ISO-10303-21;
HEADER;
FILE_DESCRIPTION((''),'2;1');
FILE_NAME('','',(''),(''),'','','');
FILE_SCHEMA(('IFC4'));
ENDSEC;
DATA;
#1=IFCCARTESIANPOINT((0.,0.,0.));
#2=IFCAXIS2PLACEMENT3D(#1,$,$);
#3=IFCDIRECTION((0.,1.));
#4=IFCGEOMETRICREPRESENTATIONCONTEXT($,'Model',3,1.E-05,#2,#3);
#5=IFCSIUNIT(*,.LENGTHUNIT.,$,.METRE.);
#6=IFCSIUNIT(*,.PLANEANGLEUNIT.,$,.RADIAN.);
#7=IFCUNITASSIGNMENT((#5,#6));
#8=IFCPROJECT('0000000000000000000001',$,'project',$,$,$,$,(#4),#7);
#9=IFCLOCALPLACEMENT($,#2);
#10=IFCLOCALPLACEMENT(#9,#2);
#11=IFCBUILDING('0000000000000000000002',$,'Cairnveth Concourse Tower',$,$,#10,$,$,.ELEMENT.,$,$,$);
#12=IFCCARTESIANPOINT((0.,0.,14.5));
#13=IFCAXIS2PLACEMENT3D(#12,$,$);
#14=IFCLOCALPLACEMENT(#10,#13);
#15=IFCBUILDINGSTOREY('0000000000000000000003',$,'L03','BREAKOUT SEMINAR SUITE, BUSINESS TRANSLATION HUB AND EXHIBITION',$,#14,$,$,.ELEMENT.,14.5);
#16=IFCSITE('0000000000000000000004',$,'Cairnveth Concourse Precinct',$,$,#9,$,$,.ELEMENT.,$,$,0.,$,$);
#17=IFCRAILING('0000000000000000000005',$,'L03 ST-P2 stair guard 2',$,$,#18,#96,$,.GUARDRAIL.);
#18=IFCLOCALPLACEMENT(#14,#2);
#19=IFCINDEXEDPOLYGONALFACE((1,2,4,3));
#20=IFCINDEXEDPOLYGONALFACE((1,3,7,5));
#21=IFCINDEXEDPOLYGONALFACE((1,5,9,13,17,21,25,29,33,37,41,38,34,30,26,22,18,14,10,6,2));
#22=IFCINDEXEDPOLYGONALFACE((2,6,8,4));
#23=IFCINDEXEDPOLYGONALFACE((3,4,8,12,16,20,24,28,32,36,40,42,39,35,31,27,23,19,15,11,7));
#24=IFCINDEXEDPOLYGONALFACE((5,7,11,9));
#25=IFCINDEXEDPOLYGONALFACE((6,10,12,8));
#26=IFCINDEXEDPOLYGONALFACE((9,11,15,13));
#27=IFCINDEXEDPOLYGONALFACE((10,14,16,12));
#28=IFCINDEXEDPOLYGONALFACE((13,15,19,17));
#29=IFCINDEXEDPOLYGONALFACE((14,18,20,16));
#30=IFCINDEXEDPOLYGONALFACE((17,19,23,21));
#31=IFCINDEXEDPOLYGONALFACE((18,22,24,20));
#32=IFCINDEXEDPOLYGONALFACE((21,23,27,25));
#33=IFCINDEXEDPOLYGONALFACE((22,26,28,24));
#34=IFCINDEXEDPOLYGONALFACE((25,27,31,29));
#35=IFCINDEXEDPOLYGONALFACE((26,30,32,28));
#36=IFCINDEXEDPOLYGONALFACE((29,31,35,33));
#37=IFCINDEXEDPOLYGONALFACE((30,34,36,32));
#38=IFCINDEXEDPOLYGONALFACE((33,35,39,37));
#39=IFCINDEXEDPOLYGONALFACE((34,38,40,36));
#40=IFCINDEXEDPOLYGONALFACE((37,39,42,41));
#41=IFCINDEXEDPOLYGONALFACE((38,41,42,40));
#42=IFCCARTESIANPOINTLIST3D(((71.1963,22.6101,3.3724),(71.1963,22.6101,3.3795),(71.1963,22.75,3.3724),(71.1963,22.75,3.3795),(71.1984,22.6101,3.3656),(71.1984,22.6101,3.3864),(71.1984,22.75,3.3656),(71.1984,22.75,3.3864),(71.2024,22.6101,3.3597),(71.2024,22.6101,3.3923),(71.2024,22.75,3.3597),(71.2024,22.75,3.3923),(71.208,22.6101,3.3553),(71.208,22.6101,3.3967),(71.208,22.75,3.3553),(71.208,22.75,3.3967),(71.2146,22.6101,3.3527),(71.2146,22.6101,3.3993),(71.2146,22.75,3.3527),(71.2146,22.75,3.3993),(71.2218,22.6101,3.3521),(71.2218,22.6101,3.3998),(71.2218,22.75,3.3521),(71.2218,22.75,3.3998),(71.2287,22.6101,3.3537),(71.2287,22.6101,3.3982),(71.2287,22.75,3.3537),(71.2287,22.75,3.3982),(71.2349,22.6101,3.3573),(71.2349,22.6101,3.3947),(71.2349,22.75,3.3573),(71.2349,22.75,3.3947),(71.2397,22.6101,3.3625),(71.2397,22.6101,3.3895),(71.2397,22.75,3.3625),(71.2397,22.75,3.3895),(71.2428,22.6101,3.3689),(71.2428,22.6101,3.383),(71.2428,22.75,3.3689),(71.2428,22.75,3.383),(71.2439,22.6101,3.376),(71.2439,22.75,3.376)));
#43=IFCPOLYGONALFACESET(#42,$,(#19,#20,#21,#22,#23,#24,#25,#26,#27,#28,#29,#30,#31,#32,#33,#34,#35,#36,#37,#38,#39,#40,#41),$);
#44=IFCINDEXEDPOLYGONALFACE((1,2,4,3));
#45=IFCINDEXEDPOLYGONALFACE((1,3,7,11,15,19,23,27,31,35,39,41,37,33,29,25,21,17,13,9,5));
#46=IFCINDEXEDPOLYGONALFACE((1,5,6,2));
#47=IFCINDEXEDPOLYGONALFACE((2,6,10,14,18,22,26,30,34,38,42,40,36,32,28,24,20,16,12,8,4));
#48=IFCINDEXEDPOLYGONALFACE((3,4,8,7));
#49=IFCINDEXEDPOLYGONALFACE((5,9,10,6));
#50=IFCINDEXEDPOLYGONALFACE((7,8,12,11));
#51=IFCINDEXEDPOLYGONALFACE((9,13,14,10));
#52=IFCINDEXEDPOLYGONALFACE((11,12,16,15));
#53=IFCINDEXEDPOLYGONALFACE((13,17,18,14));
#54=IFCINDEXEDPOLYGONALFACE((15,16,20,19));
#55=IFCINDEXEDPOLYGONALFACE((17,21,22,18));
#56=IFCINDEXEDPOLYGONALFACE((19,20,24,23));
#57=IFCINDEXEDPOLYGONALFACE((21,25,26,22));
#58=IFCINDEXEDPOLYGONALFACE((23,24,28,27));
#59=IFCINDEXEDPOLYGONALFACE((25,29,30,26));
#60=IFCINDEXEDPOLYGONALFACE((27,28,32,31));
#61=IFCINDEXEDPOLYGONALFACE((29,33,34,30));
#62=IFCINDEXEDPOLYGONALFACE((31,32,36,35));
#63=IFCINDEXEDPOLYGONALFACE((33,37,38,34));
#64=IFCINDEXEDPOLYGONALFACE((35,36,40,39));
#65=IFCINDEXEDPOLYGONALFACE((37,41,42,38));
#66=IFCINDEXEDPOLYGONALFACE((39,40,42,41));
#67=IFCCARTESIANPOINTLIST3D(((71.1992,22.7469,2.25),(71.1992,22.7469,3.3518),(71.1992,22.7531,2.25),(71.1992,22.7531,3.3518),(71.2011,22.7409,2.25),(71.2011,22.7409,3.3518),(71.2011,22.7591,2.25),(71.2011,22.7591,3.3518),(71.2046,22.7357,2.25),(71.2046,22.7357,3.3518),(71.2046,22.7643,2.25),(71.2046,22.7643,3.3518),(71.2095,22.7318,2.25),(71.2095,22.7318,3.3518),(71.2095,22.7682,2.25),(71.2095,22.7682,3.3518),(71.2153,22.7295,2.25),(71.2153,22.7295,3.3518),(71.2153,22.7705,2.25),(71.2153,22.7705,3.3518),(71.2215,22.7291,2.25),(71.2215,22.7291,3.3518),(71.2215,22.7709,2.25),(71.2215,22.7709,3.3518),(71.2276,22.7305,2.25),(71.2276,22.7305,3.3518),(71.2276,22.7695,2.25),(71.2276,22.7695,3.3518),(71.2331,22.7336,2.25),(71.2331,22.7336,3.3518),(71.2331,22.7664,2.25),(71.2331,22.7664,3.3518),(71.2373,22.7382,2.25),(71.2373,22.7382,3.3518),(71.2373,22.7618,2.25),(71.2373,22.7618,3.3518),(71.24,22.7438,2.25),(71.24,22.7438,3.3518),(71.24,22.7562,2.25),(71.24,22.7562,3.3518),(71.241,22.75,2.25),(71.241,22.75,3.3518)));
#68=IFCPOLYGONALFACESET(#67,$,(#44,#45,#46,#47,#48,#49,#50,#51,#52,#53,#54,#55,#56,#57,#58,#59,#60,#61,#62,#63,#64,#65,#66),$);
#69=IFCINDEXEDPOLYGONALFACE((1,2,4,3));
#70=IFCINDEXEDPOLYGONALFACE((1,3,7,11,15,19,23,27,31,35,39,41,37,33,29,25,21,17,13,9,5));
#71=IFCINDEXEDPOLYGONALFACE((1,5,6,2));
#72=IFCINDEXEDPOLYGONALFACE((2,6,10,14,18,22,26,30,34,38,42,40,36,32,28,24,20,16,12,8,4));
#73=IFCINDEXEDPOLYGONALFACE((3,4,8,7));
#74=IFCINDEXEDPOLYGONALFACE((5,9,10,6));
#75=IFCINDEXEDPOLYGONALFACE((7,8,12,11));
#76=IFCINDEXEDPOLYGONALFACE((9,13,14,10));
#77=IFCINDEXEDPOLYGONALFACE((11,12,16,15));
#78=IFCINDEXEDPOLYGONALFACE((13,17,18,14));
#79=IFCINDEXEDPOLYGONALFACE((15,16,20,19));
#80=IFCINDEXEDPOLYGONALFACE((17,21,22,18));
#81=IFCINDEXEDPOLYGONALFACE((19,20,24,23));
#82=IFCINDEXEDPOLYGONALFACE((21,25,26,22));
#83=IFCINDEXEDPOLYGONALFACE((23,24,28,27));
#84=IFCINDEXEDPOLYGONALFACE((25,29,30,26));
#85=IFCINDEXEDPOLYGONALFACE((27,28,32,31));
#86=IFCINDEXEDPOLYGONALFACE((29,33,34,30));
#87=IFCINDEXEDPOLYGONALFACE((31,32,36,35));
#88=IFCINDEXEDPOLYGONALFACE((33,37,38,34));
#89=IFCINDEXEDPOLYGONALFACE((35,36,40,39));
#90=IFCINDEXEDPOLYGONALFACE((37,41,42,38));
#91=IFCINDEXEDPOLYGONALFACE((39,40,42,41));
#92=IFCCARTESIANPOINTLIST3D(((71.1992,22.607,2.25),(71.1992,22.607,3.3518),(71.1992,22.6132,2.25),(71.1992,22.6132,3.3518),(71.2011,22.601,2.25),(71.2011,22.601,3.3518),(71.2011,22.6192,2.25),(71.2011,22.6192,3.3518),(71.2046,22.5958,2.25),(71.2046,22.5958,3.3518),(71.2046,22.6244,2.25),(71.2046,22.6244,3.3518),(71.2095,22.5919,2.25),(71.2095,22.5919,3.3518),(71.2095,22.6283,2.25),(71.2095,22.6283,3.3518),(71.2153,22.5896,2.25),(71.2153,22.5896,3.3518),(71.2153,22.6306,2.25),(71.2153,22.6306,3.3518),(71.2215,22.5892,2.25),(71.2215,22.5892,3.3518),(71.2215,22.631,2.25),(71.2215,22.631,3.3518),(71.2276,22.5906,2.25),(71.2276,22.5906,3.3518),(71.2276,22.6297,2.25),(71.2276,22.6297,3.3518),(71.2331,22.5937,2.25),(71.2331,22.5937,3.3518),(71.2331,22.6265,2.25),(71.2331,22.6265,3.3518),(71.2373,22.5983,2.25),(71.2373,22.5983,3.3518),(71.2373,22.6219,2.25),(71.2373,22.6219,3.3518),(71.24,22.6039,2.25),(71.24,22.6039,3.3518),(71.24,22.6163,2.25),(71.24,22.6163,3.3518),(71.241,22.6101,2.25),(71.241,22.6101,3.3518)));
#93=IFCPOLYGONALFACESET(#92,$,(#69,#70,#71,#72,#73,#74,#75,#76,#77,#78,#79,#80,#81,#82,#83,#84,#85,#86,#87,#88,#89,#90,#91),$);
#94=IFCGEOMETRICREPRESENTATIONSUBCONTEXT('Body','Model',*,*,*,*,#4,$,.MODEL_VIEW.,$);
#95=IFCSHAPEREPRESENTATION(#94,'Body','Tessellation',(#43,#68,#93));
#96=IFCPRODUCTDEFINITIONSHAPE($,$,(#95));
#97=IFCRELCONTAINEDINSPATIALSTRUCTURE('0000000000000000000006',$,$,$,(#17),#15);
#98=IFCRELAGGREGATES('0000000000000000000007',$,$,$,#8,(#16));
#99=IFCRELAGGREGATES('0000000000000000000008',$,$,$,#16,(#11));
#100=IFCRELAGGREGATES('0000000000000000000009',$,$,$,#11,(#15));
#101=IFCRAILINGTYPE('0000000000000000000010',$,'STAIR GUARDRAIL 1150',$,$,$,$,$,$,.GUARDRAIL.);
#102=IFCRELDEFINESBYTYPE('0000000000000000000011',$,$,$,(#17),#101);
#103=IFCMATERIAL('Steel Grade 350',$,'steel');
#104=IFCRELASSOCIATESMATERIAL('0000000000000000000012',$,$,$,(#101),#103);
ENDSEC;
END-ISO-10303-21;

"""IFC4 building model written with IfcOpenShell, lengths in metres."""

from ifc_helpers import new_model, si_unit, direction, frame, origin, origin_2d, place, context, subcontext, project, spatial, circle, extrude, material, type_object, element, save


model = new_model("IFC4")

# Units and contexts
model_context = context("Model", 3, precision=1e-05, world=origin(), true_north=direction((0.0, 1.0)))
body_context = subcontext(model_context, "Body", "Model", "MODEL_VIEW")
ifc_project = project(units=[si_unit("LENGTHUNIT", "METRE"), si_unit("PLANEANGLEUNIT", "RADIAN")], contexts=[model_context])

# Site, building, storey
site_placement = place(None, origin())
site = spatial("IfcSite", under=ifc_project, at=site_placement, Name="Cairnveth Concourse Precinct", CompositionType="ELEMENT", RefElevation=0.0)
building_placement = place(site_placement, origin())
building = spatial("IfcBuilding", under=site, at=building_placement, Name="Cairnveth Concourse Tower", CompositionType="ELEMENT")
storey_placement = place(building_placement, frame((0.0, 0.0, 14.5)))
storey = spatial("IfcBuildingStorey", under=building, at=storey_placement, Name="L03", Description="BREAKOUT SEMINAR SUITE, BUSINESS TRANSLATION HUB AND EXHIBITION", CompositionType="ELEMENT", Elevation=14.5)

# Shared definitions
ifc_material_1 = material(Name="Steel Grade 350", Category="steel")

# Railing
railing_type_1 = type_object("IfcRailingType", Name="STAIR GUARDRAIL 1150", PredefinedType="GUARDRAIL", material=ifc_material_1)
railing_1_placement = place(storey_placement, frame((71.22, 22.75, 2.25)))
element("IfcRailing", 1, at=railing_1_placement, inside=storey, type_object=railing_type_1, Name="L03 ST-P2 stair guard 2", PredefinedType="GUARDRAIL", context=body_context, shape_type="SweptSolid", body=[
    extrude(circle(Radius=0.0239, at=origin_2d()), frame((0.0, 0.0, 1.126), z_axis=(0.0, -1.0, 0.0), x_axis=(1.0, 0.0, 0.0)), (0.0, 0.0, 1.0), 0.1399),
    extrude(circle(Radius=0.021, at=origin_2d()), origin(), (0.0, 0.0, 1.0), 1.1018),
    extrude(circle(Radius=0.021, at=origin_2d()), frame((0.0, -0.1399, 0.0)), (0.0, 0.0, 1.0), 1.1018),
])

save(model, "model.ifc")
